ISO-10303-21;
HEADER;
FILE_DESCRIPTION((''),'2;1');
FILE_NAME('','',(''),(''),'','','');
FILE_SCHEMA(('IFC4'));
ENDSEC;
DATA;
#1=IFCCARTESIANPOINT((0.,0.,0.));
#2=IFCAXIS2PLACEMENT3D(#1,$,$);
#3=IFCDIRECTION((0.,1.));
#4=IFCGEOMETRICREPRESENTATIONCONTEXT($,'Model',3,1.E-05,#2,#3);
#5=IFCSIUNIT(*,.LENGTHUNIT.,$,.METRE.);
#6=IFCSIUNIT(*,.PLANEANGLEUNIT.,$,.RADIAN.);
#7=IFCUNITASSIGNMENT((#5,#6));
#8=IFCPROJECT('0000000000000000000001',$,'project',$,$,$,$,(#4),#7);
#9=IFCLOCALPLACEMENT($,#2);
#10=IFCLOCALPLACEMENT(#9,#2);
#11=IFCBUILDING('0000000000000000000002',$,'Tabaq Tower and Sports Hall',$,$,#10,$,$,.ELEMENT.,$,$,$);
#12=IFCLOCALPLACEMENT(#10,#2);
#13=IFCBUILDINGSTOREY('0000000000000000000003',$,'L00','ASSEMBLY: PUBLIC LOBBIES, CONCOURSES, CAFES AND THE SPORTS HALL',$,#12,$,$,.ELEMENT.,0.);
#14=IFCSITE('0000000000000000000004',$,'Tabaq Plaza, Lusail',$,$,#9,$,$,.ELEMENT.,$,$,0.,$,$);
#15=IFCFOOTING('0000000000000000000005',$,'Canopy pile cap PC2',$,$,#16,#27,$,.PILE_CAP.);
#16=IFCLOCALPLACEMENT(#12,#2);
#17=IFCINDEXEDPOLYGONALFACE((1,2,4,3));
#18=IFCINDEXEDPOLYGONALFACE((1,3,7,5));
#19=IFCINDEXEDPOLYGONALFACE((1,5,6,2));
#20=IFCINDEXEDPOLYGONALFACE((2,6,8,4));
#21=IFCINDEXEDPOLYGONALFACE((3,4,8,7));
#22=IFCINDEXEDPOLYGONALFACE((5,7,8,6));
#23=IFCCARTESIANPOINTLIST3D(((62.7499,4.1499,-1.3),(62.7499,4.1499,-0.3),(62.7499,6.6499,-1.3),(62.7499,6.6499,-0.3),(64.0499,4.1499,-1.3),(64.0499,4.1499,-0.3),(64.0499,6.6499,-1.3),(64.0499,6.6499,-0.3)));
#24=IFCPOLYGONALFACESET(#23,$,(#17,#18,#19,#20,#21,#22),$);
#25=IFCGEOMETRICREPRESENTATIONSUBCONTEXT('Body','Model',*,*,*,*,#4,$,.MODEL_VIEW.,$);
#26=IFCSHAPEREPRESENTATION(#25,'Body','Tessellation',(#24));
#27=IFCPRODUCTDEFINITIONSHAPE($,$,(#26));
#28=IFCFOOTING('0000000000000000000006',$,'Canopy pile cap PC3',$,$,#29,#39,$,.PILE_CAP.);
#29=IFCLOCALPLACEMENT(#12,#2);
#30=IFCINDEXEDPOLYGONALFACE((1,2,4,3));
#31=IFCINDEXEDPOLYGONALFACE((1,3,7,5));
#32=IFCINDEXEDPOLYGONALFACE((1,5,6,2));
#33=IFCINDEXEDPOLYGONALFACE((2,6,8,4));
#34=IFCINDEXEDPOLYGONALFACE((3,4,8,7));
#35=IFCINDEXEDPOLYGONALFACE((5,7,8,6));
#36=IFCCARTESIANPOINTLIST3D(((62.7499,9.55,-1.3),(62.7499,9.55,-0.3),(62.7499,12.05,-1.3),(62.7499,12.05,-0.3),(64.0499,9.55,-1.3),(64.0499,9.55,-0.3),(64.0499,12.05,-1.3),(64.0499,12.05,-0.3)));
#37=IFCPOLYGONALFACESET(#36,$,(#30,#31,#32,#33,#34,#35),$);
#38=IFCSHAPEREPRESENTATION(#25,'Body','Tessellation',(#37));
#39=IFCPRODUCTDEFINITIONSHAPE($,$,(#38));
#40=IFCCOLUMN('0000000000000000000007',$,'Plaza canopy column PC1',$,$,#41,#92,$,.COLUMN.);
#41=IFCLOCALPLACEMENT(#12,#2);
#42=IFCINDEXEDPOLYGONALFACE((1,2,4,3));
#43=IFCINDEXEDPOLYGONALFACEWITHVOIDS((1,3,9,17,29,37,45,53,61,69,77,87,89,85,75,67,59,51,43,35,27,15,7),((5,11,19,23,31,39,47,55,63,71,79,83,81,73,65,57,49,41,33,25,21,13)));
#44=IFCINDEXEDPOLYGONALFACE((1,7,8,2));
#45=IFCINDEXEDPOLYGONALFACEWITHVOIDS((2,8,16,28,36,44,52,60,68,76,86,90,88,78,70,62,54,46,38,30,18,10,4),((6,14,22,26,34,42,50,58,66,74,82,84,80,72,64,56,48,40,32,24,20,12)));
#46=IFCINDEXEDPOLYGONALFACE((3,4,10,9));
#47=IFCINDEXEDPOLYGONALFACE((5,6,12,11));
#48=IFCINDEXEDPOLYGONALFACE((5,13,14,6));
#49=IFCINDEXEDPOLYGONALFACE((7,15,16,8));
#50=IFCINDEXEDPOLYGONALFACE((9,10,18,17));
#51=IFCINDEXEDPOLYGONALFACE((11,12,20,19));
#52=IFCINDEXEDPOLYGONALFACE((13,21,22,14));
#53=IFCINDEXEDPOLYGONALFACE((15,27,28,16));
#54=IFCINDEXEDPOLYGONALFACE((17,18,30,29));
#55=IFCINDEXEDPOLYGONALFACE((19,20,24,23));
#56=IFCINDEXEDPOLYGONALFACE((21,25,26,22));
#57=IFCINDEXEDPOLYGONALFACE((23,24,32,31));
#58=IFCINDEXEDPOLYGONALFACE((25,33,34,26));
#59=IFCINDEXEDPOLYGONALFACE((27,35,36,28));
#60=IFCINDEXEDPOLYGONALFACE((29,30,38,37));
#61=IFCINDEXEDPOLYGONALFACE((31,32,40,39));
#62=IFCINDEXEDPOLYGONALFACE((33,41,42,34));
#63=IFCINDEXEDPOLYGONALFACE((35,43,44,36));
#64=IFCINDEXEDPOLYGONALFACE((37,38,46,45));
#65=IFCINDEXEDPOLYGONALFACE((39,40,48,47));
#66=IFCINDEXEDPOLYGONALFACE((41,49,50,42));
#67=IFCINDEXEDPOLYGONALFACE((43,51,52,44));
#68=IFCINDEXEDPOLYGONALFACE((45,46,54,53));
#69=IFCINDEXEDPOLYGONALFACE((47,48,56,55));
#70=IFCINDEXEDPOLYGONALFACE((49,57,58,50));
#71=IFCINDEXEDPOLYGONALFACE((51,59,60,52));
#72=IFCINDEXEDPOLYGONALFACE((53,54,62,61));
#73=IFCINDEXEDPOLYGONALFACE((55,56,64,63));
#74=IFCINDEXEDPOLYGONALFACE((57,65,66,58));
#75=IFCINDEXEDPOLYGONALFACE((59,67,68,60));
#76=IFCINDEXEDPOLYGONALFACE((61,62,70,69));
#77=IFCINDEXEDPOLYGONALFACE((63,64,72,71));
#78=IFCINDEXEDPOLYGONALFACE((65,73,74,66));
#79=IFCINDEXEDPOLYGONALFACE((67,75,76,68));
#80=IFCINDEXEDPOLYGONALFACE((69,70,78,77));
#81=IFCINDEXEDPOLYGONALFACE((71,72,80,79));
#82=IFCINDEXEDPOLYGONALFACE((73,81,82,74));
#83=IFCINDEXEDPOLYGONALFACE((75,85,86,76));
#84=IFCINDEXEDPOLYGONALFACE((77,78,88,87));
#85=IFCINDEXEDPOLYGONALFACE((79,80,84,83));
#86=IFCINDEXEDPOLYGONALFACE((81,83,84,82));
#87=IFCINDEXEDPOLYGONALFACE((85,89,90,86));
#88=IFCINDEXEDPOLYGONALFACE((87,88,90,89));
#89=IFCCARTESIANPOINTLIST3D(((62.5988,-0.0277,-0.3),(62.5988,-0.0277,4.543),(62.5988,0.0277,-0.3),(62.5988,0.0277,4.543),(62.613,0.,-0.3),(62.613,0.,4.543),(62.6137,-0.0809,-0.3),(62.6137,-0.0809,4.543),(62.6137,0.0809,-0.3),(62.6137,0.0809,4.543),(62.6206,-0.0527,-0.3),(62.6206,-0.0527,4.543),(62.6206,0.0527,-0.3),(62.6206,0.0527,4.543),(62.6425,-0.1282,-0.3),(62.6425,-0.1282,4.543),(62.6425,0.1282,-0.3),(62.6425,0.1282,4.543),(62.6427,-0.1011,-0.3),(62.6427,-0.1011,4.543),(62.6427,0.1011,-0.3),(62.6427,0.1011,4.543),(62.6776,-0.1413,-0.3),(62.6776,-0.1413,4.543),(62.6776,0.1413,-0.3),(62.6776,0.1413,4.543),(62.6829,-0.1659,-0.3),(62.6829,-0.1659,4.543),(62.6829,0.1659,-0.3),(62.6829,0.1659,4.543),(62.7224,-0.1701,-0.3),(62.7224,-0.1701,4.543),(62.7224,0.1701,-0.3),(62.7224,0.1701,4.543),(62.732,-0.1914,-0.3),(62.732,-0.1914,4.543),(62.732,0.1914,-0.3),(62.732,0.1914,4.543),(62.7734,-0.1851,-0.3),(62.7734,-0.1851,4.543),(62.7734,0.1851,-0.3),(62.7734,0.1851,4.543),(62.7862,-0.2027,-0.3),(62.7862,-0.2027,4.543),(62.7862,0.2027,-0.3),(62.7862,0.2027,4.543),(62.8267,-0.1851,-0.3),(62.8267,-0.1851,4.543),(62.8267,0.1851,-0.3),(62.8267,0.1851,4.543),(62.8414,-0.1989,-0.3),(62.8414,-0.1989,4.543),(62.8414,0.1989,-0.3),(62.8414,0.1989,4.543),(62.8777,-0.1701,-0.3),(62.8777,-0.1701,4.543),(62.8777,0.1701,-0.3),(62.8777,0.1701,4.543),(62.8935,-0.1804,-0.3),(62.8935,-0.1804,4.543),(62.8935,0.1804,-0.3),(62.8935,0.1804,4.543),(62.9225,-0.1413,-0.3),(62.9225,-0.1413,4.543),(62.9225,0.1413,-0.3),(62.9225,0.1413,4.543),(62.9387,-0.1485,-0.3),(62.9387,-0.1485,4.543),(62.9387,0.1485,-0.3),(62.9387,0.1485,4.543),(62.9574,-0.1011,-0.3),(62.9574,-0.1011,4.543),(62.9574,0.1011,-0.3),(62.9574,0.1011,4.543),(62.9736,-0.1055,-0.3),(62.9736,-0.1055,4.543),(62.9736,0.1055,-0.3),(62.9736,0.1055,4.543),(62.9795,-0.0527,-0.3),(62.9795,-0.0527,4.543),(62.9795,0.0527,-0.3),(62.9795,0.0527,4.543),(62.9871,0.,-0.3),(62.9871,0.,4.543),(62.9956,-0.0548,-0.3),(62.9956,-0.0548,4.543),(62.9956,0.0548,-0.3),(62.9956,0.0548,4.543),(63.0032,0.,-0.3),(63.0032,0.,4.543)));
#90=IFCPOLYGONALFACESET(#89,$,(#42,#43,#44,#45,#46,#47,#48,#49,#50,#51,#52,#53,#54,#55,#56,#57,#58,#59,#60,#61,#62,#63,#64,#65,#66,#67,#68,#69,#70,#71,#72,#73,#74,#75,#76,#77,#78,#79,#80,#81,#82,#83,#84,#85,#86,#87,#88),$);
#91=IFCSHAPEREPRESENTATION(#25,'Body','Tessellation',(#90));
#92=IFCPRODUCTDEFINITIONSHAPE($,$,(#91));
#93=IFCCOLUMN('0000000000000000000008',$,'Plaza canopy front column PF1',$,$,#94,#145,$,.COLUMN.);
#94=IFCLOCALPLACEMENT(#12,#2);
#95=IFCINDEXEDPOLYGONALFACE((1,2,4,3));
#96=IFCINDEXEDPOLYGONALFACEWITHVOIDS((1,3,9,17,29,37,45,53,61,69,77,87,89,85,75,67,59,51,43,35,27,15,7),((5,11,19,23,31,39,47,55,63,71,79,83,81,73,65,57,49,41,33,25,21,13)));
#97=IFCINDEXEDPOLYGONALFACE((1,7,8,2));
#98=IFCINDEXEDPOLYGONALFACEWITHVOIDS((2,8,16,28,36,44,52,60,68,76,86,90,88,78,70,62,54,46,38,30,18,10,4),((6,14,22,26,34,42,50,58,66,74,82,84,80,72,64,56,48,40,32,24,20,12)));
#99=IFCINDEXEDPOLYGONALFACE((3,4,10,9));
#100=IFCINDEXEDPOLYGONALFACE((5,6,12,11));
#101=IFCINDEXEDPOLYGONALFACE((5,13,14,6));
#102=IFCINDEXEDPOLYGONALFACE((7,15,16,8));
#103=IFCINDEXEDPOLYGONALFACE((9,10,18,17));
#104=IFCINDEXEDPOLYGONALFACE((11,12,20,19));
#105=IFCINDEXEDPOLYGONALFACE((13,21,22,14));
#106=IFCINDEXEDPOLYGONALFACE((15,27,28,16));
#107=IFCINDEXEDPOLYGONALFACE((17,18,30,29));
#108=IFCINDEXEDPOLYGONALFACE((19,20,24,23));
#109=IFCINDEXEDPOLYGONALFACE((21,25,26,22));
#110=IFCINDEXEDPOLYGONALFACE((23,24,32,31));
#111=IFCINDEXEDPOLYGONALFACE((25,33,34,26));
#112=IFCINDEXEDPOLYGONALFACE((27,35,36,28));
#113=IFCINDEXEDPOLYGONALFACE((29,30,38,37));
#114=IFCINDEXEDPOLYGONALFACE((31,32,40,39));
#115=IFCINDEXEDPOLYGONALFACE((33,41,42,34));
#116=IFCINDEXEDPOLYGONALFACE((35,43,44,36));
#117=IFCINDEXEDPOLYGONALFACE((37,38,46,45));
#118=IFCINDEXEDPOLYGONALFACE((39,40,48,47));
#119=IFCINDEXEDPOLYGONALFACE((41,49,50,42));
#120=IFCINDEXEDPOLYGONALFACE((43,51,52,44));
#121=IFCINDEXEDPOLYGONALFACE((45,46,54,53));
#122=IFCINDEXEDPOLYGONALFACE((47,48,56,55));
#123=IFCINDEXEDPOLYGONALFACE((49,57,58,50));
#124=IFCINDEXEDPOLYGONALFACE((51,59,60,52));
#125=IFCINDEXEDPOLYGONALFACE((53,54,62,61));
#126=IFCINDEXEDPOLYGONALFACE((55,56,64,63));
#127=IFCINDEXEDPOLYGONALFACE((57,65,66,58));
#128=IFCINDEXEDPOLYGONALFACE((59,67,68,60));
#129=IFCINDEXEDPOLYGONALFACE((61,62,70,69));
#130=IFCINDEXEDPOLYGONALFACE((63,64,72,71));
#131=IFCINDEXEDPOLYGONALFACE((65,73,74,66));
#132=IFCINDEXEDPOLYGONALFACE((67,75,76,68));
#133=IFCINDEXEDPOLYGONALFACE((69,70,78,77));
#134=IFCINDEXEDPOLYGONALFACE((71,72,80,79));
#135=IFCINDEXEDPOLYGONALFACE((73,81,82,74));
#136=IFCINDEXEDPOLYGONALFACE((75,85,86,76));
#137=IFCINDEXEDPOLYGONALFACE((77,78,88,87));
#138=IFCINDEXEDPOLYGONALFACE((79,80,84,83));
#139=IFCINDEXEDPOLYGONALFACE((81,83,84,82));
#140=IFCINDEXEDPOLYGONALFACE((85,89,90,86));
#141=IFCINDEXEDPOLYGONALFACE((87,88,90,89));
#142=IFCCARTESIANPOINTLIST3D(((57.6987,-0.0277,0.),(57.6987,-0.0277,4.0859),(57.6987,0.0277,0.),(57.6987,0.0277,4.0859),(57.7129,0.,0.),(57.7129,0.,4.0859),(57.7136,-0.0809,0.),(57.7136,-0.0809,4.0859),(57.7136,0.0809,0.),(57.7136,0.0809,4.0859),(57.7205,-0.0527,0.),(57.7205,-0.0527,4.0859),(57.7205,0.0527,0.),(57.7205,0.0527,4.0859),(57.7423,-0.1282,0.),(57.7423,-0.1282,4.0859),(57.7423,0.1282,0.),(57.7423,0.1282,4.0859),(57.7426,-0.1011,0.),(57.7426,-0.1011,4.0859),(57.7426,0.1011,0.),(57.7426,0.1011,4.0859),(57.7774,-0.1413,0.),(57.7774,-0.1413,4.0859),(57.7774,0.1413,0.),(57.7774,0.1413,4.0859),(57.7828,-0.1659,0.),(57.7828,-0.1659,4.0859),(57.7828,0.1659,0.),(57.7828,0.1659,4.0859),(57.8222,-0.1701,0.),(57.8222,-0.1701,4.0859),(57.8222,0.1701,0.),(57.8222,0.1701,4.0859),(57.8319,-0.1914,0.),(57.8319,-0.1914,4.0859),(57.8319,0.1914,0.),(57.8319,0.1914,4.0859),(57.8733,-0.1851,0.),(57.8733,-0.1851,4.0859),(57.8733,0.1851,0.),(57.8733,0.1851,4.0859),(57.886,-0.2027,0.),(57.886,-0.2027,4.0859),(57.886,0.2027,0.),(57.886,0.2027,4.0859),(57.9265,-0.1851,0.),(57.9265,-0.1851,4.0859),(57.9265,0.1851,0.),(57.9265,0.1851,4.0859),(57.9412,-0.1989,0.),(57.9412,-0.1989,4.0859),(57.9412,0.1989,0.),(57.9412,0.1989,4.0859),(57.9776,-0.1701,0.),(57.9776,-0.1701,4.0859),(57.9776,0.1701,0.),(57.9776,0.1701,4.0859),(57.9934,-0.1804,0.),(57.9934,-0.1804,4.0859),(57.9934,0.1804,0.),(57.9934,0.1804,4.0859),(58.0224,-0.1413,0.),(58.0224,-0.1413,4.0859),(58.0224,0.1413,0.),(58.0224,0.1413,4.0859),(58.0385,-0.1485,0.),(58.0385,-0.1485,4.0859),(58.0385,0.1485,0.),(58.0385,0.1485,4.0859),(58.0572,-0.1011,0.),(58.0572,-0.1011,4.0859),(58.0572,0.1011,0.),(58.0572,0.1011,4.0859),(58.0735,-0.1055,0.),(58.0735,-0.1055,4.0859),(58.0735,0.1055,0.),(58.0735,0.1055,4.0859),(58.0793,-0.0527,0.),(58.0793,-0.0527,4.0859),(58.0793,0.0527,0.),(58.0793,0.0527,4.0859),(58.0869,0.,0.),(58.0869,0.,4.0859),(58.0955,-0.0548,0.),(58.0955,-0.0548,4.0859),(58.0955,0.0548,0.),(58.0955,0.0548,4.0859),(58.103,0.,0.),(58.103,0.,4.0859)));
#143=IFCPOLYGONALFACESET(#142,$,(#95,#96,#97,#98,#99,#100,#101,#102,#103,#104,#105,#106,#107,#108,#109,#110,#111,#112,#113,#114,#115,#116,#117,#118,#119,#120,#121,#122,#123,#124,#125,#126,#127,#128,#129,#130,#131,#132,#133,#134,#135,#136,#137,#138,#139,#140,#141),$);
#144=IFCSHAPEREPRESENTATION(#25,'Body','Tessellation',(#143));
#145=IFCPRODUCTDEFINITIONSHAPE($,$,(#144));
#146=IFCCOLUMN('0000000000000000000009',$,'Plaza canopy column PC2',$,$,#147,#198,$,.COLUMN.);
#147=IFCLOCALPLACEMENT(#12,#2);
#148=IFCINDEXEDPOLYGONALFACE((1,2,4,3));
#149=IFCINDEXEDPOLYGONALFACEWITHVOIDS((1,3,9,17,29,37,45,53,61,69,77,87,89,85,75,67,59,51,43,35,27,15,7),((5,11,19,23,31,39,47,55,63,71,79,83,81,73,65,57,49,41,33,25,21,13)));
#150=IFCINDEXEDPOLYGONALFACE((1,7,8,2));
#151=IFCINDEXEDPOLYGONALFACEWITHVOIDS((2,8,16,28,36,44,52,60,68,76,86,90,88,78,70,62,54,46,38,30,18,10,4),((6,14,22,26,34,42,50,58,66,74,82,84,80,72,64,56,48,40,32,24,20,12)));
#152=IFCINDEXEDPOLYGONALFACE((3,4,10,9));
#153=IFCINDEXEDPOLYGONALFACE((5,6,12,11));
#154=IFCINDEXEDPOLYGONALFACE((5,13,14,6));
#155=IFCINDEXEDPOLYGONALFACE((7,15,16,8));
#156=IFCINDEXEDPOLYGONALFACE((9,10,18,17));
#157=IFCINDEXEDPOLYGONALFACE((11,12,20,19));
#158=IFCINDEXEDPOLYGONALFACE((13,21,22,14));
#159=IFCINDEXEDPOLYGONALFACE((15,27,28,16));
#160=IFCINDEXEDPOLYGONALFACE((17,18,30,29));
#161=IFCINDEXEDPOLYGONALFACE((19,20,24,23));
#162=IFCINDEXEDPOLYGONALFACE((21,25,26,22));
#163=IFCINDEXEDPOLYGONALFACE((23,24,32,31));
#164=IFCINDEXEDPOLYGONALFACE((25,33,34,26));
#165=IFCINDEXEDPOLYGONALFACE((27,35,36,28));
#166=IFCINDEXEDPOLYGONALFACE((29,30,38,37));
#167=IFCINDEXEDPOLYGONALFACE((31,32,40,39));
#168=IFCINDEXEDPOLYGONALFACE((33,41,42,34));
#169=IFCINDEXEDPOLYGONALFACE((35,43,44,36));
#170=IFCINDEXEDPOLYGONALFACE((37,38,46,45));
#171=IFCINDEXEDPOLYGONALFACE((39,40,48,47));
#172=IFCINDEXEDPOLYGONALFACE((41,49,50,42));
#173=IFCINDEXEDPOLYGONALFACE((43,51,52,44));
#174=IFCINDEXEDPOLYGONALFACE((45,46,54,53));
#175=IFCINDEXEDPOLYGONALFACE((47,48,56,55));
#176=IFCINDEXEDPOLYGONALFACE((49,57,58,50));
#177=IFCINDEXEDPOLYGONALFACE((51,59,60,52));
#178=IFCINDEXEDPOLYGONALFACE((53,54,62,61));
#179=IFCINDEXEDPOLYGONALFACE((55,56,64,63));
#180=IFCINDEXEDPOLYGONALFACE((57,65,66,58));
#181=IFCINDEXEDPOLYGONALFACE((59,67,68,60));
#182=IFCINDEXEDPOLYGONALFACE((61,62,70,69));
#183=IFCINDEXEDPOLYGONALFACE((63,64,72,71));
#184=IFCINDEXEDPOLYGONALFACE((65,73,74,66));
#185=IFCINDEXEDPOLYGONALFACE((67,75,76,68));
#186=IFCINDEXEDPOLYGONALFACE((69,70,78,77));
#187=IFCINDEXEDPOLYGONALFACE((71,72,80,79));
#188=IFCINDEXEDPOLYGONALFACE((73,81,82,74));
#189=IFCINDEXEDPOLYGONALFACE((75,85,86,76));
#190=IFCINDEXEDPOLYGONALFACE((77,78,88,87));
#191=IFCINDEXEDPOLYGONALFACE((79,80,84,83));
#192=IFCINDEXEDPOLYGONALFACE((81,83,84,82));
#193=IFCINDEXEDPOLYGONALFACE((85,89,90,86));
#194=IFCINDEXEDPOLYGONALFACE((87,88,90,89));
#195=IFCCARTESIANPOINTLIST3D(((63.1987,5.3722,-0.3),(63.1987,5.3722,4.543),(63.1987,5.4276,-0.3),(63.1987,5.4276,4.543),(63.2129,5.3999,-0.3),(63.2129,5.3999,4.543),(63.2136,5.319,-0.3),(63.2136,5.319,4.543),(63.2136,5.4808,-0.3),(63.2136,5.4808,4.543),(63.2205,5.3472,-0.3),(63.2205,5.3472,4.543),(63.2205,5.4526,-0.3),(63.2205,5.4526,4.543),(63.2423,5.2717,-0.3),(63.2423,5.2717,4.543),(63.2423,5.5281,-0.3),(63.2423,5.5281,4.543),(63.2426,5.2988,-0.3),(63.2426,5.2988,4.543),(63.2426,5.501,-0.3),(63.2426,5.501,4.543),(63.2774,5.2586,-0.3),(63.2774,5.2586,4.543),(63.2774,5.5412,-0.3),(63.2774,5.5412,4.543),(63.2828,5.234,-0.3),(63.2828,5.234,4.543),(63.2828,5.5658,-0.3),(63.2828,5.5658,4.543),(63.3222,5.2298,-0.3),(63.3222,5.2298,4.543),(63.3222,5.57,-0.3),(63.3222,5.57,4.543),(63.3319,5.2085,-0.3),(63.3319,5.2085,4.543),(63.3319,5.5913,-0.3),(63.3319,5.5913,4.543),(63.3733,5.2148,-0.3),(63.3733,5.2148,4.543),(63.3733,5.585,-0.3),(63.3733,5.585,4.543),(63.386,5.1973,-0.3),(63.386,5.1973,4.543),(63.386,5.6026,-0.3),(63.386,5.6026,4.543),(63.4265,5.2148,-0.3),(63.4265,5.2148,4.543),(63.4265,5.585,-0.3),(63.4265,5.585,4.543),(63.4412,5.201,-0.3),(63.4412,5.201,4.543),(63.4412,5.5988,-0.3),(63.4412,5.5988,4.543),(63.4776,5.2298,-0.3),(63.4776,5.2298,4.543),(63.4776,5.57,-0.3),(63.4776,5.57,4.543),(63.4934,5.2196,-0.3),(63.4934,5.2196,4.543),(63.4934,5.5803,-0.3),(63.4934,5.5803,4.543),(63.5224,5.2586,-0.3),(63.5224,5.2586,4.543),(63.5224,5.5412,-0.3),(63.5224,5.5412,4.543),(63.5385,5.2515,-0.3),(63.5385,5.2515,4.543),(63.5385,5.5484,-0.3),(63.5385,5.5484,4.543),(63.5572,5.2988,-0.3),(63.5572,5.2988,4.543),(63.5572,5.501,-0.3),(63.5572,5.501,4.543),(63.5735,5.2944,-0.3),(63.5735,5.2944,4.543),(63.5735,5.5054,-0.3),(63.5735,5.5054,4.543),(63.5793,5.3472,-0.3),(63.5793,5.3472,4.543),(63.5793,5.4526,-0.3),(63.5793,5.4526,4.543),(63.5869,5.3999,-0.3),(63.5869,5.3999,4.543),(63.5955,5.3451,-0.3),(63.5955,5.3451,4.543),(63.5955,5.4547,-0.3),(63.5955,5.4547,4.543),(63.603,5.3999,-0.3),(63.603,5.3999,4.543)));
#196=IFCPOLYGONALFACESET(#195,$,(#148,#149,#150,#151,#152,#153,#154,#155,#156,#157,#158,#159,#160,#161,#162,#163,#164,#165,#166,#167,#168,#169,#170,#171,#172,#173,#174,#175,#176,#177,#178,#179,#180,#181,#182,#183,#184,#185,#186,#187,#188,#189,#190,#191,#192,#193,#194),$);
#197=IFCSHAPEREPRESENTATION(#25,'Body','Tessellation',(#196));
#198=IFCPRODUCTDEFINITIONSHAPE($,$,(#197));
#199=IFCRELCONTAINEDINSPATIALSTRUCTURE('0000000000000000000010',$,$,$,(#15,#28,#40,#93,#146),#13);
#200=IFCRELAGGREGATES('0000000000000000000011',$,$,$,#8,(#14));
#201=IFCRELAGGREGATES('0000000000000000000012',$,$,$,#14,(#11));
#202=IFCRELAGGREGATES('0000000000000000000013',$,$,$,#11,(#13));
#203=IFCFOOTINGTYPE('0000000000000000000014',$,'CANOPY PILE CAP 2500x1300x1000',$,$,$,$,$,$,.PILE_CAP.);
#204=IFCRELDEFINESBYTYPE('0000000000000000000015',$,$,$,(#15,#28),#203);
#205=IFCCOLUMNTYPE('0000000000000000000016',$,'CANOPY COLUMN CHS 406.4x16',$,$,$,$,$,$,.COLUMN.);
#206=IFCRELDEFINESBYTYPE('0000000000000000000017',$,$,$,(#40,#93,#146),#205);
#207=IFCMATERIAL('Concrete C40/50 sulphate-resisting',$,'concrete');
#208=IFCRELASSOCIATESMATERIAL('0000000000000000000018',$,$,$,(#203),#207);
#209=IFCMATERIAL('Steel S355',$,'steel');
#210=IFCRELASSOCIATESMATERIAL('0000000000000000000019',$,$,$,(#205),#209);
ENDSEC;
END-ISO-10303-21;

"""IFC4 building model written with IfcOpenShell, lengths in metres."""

from ifc_helpers import new_model, si_unit, direction, frame, origin, origin_2d, place, context, subcontext, project, spatial, rectangle, hollow_circle, extrude, material, material_profile, profile_set, type_object, element, save


model = new_model("IFC4")

# Units and contexts
model_context = context("Model", 3, precision=1e-05, world=origin(), true_north=direction((0.0, 1.0)))
body_context = subcontext(model_context, "Body", "Model", "MODEL_VIEW")
ifc_project = project(units=[si_unit("LENGTHUNIT", "METRE"), si_unit("PLANEANGLEUNIT", "RADIAN")], contexts=[model_context])

# Site, building, storey
site_placement = place(None, origin())
site = spatial("IfcSite", under=ifc_project, at=site_placement, Name="Tabaq Plaza, Lusail", CompositionType="ELEMENT", RefElevation=0.0)
building_placement = place(site_placement, origin())
building = spatial("IfcBuilding", under=site, at=building_placement, Name="Tabaq Tower and Sports Hall", CompositionType="ELEMENT")
storey_placement = place(building_placement, origin())
storey = spatial("IfcBuildingStorey", under=building, at=storey_placement, Name="L00", Description="ASSEMBLY: PUBLIC LOBBIES, CONCOURSES, CAFES AND THE SPORTS HALL", CompositionType="ELEMENT", Elevation=0.0)

# Footings
ifc_material_1 = material(Name="Concrete C40/50 sulphate-resisting", Category="concrete")
footing_type = type_object("IfcFootingType", Name="CANOPY PILE CAP 2500x1300x1000", PredefinedType="PILE_CAP", material=ifc_material_1)
for number, where, z_axis, x_axis, name in (
    (1, (63.3999, 5.3999, -1.3), (0.0, 0.0, 1.0), (0.0, 1.0, 0.0), "Canopy pile cap PC2"),
    (2, (63.3999, 10.8, -1.3), (0.0, 0.0, 1.0), (0.0, 1.0, 0.0), "Canopy pile cap PC3"),
):
    element("IfcFooting", number, at=place(storey_placement, frame(where, z_axis=z_axis, x_axis=x_axis)), inside=storey, type_object=footing_type, Name=name, PredefinedType="PILE_CAP", context=body_context, shape_type="SweptSolid", body=[
        extrude(rectangle(XDim=2.5, YDim=1.3, at=origin_2d()), origin(), (0.0, 0.0, 1.0), 1.0),
    ])

# Columns
ifc_material_2 = material(Name="Steel S355", Category="steel")
ifc_material_profile_1 = material_profile(ifc_material_2, hollow_circle(Radius=0.2031, WallThickness=0.0161, at=origin_2d()), Name="CHS 406.4x16")
ifc_profile_set_1 = profile_set([ifc_material_profile_1], Name="Steel S355")
column_type = type_object("IfcColumnType", Name="CANOPY COLUMN CHS 406.4x16", PredefinedType="COLUMN", material=ifc_profile_set_1)
column_1_placement = place(storey_placement, frame((62.8, 0.0, -0.3), z_axis=(0.0, 0.0, 1.0), x_axis=(1.0, 0.0, 0.0)))
element("IfcColumn", 3, at=column_1_placement, inside=storey, type_object=column_type, Name="Plaza canopy column PC1", PredefinedType="COLUMN", context=body_context, shape_type="SweptSolid", body=[
    extrude(hollow_circle(Radius=0.2031, WallThickness=0.0161, at=origin_2d()), origin(), (0.0, 0.0, 1.0), 4.843),
])
column_2_placement = place(storey_placement, frame((57.8999, 0.0, 0.0), z_axis=(0.0, 0.0, 1.0), x_axis=(1.0, 0.0, 0.0)))
element("IfcColumn", 4, at=column_2_placement, inside=storey, type_object=column_type, Name="Plaza canopy front column PF1", PredefinedType="COLUMN", context=body_context, shape_type="SweptSolid", body=[
    extrude(hollow_circle(Radius=0.2031, WallThickness=0.0161, at=origin_2d()), origin(), (0.0, 0.0, 1.0), 4.0859),
])
column_3_placement = place(storey_placement, frame((63.3999, 5.3999, -0.3), z_axis=(0.0, 0.0, 1.0), x_axis=(1.0, 0.0, 0.0)))
element("IfcColumn", 5, at=column_3_placement, inside=storey, type_object=column_type, Name="Plaza canopy column PC2", PredefinedType="COLUMN", context=body_context, shape_type="SweptSolid", body=[
    extrude(hollow_circle(Radius=0.2031, WallThickness=0.0161, at=origin_2d()), origin(), (0.0, 0.0, 1.0), 4.843),
])

save(model, "model.ifc")
